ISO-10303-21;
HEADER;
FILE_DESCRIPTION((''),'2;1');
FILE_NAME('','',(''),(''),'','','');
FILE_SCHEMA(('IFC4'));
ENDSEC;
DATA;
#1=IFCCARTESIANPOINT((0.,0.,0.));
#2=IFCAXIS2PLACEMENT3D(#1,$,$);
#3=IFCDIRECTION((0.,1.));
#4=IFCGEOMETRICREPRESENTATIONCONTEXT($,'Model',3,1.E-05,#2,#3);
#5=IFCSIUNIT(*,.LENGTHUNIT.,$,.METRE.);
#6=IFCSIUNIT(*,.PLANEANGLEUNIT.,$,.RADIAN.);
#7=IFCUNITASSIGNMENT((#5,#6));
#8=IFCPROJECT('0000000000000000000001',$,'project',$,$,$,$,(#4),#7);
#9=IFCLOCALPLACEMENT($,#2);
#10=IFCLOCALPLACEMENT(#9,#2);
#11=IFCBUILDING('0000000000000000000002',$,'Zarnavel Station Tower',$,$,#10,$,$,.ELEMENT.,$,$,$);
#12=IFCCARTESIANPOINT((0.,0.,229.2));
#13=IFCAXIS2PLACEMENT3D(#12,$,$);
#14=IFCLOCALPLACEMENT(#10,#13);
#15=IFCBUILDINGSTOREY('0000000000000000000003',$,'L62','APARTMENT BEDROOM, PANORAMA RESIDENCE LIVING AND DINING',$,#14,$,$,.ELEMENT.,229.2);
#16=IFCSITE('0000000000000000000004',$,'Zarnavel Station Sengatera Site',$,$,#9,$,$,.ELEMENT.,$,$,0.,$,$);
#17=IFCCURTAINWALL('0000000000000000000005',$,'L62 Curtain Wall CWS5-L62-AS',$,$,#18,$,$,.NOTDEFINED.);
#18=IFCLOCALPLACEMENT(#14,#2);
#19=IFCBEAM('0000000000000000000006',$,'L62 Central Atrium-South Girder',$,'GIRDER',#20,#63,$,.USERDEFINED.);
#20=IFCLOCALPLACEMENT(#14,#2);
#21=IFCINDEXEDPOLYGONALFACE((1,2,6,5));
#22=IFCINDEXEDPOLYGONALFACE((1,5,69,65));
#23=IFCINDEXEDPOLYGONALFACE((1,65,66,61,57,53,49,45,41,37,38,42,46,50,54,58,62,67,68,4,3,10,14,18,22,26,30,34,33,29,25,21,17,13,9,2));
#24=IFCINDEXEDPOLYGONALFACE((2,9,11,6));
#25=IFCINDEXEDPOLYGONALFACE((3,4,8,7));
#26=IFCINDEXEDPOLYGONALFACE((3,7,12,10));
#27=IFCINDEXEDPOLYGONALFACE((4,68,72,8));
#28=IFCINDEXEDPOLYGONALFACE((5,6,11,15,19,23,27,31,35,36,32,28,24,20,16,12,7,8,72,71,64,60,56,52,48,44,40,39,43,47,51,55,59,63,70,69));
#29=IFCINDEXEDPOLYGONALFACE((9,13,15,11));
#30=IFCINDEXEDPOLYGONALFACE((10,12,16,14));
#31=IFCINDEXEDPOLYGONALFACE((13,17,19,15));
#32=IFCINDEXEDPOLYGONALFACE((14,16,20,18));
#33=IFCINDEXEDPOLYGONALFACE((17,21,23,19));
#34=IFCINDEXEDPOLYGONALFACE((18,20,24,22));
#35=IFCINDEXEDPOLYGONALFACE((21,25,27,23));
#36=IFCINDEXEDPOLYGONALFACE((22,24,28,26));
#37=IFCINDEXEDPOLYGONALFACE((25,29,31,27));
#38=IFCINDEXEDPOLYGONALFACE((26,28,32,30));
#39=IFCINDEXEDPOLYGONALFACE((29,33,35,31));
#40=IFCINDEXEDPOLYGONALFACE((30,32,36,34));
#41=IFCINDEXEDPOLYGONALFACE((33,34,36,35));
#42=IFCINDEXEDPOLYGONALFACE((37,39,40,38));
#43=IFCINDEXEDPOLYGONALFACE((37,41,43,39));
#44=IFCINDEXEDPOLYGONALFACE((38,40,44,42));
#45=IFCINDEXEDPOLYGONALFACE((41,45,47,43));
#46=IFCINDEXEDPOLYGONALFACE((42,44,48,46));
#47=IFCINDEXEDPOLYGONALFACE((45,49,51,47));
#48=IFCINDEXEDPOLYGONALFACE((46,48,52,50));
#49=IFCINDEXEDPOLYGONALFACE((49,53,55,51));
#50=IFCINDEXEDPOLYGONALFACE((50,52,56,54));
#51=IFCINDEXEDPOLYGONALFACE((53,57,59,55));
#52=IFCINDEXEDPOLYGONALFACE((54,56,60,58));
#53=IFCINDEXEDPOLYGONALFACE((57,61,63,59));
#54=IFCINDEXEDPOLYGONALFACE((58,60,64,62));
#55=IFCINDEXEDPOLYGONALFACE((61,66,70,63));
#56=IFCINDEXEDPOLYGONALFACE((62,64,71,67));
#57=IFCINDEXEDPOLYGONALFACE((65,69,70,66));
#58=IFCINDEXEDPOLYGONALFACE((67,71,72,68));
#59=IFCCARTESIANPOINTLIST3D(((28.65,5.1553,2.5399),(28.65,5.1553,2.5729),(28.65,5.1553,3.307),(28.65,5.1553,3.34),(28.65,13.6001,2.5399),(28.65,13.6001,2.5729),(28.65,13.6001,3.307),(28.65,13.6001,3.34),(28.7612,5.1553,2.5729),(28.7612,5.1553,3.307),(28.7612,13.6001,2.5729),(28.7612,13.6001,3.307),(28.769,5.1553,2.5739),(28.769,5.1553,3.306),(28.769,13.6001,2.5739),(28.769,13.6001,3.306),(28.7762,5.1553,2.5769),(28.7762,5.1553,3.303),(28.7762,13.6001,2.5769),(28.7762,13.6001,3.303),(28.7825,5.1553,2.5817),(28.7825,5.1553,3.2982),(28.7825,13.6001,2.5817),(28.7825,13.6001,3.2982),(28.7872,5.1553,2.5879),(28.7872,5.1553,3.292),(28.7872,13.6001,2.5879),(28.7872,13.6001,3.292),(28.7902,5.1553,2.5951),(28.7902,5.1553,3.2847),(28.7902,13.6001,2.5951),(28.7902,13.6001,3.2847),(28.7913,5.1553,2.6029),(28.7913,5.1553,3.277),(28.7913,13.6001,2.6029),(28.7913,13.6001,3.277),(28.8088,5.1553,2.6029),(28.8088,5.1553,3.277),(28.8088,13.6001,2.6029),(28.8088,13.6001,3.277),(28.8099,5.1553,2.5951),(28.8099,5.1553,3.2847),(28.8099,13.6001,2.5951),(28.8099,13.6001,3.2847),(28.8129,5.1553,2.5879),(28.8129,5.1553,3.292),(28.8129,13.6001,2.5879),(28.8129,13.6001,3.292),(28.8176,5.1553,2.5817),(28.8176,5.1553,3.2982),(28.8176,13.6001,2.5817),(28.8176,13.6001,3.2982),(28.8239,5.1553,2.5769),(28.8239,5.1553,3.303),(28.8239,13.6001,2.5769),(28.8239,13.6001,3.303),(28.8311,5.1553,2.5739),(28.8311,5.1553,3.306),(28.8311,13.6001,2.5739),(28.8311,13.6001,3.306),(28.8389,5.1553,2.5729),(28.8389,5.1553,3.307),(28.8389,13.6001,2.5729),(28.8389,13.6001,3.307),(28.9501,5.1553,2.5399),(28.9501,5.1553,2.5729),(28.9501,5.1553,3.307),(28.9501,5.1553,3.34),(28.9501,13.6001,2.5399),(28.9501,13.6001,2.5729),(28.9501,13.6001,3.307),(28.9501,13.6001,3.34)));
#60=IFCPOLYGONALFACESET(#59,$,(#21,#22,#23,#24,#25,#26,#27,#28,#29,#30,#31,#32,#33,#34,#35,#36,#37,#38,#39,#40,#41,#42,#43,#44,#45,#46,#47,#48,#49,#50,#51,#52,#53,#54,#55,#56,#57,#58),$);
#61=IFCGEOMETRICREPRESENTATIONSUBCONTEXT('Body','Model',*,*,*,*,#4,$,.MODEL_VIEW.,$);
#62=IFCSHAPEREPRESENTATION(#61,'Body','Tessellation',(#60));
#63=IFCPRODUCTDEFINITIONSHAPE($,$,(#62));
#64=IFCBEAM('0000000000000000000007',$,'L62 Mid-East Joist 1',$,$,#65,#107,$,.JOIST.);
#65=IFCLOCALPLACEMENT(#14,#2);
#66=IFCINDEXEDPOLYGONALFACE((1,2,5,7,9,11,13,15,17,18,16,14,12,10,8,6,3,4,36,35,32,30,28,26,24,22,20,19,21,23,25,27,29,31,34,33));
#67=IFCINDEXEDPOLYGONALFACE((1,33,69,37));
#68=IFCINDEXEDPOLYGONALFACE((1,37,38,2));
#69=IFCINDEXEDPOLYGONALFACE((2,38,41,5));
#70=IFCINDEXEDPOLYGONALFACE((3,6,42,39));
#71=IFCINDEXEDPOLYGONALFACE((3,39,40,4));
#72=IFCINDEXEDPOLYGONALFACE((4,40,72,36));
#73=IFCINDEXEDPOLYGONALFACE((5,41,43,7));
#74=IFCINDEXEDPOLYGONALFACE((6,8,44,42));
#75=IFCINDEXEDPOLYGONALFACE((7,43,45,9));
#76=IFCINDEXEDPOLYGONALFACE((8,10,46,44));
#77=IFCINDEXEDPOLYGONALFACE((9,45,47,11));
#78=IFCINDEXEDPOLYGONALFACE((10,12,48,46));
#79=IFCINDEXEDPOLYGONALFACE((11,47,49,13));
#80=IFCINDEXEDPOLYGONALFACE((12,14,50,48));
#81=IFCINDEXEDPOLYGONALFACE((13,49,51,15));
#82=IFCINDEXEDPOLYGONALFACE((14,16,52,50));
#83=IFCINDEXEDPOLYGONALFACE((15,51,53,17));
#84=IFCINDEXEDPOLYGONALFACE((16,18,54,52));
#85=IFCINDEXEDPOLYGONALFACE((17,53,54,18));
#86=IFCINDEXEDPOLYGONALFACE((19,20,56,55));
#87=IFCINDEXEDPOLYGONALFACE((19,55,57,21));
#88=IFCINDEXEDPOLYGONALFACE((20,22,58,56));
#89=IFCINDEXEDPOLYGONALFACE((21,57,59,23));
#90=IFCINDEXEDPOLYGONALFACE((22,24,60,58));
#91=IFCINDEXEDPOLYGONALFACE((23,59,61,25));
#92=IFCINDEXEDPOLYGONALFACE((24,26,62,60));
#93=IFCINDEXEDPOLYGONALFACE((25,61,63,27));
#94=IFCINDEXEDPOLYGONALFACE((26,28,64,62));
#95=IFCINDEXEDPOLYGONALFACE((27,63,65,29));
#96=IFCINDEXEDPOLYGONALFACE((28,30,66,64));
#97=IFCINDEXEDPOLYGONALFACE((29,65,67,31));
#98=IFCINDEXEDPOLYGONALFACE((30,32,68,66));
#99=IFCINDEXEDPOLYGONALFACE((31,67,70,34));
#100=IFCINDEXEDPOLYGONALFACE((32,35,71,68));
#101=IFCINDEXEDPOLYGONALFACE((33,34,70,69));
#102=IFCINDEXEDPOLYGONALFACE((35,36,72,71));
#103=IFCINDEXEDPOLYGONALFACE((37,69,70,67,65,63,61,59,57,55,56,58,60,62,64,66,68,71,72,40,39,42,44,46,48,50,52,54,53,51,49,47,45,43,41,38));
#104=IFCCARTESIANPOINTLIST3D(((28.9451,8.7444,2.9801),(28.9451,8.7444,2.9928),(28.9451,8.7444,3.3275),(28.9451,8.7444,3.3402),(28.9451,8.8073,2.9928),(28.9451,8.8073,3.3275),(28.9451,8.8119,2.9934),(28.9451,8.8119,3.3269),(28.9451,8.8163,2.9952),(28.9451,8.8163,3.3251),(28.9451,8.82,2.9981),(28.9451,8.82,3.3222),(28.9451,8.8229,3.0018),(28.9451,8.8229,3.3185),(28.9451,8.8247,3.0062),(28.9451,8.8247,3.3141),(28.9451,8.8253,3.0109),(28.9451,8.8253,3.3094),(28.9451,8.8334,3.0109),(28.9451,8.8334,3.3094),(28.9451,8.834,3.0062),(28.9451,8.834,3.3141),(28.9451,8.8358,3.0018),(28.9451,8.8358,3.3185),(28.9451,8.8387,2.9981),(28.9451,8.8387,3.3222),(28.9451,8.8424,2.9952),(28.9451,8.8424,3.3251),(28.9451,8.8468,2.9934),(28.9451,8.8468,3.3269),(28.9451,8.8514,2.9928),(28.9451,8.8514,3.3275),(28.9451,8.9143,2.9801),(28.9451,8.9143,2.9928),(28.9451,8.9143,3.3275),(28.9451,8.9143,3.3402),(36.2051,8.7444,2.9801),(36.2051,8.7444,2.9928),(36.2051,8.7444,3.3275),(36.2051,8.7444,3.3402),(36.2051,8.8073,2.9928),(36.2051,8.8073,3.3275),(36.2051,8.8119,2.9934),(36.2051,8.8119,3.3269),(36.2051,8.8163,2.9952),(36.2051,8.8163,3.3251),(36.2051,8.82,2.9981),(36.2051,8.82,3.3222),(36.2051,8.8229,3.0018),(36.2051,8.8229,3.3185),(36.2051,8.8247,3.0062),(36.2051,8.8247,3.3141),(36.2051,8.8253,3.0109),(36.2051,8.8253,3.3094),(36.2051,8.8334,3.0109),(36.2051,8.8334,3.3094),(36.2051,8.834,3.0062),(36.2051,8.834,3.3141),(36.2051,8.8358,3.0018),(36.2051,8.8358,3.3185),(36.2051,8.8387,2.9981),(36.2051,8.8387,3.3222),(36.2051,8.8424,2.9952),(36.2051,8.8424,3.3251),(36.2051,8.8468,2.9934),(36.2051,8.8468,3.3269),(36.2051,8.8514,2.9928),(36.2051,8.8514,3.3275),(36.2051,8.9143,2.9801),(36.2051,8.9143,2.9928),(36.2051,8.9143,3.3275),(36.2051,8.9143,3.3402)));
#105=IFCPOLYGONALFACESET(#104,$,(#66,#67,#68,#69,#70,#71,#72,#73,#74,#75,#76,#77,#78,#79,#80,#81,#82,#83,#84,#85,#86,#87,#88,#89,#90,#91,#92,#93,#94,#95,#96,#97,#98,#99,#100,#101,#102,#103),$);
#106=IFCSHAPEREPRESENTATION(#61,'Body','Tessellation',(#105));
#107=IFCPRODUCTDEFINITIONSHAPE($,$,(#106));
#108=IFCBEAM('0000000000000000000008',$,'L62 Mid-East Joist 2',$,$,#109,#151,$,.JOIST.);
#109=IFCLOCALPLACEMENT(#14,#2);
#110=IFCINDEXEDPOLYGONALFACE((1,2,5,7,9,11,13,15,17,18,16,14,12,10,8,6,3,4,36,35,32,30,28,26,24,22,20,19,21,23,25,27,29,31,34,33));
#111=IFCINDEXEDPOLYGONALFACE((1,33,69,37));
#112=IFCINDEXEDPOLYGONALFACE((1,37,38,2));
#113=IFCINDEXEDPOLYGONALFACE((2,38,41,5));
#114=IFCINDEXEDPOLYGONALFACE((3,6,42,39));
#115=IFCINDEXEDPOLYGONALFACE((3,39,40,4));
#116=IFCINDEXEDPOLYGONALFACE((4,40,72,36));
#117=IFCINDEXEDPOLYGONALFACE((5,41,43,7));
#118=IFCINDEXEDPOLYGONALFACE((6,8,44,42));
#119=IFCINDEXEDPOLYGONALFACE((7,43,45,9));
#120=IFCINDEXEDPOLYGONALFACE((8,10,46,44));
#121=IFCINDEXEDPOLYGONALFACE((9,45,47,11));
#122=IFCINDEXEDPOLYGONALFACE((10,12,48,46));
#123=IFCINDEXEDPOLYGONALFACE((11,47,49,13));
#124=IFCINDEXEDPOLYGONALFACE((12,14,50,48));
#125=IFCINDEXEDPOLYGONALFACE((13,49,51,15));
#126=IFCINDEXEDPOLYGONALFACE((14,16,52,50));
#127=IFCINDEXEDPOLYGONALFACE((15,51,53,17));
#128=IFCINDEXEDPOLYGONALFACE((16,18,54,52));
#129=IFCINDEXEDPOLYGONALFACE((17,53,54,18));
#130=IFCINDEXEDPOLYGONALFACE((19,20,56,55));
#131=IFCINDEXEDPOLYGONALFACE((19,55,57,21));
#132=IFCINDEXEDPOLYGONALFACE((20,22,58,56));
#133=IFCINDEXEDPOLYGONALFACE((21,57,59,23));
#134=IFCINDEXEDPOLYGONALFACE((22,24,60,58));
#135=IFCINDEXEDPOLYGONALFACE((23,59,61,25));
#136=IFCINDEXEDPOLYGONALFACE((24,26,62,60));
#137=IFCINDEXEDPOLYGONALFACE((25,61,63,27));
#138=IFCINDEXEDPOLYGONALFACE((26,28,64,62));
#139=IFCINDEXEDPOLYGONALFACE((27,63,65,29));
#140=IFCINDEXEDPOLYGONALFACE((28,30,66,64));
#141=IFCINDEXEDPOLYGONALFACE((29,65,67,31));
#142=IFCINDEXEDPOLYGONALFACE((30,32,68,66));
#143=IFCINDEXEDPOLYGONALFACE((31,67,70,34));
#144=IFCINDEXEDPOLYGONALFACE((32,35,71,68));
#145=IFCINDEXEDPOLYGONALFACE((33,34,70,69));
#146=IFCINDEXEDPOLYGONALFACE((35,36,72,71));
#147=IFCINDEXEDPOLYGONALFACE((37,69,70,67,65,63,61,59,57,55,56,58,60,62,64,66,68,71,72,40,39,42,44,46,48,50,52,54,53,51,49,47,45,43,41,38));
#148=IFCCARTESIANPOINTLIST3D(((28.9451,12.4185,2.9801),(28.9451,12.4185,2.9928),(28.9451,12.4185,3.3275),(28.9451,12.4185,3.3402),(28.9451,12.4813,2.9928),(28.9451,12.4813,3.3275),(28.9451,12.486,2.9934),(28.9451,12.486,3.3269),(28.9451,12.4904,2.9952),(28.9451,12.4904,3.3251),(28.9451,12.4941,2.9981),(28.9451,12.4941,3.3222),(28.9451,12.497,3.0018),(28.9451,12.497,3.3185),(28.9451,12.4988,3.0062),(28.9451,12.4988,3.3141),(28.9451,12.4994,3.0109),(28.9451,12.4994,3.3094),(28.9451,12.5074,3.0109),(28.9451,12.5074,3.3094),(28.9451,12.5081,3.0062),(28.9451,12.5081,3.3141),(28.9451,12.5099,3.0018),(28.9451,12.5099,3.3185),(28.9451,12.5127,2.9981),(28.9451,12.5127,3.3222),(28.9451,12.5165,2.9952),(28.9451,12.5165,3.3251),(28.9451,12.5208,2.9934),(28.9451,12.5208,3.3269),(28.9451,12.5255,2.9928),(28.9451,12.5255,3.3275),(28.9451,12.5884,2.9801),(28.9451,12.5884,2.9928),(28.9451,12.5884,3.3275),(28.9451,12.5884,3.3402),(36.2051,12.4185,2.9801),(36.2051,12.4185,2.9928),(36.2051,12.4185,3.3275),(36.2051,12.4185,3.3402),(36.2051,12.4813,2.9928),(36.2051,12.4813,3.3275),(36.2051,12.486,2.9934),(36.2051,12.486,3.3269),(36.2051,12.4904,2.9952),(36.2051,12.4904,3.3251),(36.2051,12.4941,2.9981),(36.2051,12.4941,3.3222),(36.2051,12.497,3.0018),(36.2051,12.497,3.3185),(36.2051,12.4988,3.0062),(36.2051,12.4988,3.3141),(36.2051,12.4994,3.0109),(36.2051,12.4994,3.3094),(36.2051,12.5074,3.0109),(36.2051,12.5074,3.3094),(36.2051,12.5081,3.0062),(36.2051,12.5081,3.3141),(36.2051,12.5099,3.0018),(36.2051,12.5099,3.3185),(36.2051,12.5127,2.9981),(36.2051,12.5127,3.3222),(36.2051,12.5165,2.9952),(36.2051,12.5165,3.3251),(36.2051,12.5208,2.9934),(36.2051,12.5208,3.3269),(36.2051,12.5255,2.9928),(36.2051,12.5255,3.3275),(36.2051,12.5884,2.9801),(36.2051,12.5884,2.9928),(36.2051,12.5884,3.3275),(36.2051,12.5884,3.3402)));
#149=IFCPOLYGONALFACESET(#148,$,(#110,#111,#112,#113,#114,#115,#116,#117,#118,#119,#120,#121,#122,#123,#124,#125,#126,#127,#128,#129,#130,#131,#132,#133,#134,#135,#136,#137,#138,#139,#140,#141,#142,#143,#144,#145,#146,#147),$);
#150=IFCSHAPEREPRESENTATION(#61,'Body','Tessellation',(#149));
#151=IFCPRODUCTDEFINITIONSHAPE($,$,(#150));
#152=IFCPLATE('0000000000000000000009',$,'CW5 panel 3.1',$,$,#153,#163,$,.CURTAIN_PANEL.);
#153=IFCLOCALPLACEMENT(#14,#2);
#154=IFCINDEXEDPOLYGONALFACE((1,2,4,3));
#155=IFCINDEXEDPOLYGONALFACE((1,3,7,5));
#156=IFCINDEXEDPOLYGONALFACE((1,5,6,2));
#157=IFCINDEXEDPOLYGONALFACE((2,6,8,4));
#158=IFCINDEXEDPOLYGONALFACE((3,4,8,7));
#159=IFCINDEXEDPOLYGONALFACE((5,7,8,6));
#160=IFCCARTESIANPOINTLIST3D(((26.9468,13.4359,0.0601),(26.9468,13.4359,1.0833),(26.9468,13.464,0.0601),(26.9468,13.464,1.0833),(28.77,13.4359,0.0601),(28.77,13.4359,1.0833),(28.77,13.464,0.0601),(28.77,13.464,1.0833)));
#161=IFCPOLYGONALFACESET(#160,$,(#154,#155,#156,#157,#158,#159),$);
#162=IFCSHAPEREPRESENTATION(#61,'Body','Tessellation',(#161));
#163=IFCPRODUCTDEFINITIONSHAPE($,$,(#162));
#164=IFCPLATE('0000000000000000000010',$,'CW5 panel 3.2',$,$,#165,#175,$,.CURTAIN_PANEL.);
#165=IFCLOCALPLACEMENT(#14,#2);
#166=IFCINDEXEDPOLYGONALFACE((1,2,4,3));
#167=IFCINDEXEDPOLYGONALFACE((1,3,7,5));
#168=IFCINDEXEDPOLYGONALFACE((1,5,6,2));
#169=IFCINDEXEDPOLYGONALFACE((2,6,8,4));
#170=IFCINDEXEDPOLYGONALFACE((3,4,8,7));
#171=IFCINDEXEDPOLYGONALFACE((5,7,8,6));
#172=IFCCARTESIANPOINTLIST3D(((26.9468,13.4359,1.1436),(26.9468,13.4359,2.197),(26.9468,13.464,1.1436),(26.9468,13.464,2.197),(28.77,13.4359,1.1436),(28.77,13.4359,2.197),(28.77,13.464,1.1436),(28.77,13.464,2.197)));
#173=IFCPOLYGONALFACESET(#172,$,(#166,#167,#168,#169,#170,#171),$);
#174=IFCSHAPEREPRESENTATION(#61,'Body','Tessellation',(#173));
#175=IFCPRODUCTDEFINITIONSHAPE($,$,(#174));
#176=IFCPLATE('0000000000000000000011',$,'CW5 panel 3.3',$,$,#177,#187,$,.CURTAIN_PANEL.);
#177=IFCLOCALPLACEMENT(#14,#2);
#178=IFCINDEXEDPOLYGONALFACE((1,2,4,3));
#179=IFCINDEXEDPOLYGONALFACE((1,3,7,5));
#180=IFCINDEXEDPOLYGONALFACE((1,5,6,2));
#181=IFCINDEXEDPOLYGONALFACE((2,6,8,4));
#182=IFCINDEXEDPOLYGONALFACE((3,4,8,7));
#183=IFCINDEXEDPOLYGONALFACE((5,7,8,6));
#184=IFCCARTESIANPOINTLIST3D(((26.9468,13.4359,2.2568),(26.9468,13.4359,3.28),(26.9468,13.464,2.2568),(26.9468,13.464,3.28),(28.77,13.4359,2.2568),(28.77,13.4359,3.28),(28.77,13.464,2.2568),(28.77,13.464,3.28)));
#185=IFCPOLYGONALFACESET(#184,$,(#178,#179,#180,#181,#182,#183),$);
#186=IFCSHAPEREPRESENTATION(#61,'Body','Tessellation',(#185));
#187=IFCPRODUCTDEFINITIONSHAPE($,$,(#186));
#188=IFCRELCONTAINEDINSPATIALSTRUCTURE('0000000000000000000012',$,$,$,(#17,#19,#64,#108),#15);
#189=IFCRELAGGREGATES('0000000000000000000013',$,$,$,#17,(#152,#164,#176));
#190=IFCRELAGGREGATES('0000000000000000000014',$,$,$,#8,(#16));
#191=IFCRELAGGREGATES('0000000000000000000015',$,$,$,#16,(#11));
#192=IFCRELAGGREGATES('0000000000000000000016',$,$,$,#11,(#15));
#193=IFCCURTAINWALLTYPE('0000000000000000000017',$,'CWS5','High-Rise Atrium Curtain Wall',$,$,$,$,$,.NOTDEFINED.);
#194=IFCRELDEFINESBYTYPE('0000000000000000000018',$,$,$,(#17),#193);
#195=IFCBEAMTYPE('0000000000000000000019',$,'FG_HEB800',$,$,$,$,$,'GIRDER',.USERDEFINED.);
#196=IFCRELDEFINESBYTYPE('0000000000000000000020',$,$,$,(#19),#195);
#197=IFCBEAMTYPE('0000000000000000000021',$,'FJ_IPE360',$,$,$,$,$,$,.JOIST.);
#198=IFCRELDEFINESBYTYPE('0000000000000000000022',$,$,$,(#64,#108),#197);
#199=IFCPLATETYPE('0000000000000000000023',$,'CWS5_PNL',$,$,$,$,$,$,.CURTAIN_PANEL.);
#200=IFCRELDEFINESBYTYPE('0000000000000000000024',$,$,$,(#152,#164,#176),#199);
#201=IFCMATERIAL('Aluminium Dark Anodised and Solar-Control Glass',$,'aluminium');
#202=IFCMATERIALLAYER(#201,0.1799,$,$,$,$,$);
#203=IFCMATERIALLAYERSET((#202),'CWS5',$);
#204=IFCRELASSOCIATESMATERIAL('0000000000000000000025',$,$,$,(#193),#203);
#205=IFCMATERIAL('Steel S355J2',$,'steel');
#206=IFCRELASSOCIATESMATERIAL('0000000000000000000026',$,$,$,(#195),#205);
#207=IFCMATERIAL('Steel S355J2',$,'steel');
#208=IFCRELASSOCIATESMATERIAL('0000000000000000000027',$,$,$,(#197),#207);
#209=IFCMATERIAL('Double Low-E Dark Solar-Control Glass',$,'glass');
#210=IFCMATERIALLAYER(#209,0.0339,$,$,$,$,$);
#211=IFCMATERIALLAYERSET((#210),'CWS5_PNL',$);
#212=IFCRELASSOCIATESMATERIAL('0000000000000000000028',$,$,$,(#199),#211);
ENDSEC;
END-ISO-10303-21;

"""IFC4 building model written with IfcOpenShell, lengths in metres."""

from ifc_helpers import new_model, si_unit, direction, frame, origin, origin_2d, place, context, subcontext, project, spatial, rectangle, i_section, extrude, material, layer, layer_set, material_profile, profile_set, type_object, element, aggregate, save


model = new_model("IFC4")

# Units and contexts
model_context = context("Model", 3, precision=1e-05, world=origin(), true_north=direction((0.0, 1.0)))
body_context = subcontext(model_context, "Body", "Model", "MODEL_VIEW")
ifc_project = project(units=[si_unit("LENGTHUNIT", "METRE"), si_unit("PLANEANGLEUNIT", "RADIAN")], contexts=[model_context])

# Site, building, storey
site_placement = place(None, origin())
site = spatial("IfcSite", under=ifc_project, at=site_placement, Name="Zarnavel Station Sengatera Site", CompositionType="ELEMENT", RefElevation=0.0)
building_placement = place(site_placement, origin())
building = spatial("IfcBuilding", under=site, at=building_placement, Name="Zarnavel Station Tower", CompositionType="ELEMENT")
storey_placement = place(building_placement, frame((0.0, 0.0, 229.2)))
storey = spatial("IfcBuildingStorey", under=building, at=storey_placement, Name="L62", Description="APARTMENT BEDROOM, PANORAMA RESIDENCE LIVING AND DINING", CompositionType="ELEMENT", Elevation=229.2)

# Curtain wall
ifc_material_1 = material(Name="Aluminium Dark Anodised and Solar-Control Glass", Category="aluminium")
ifc_layer_1 = layer(ifc_material_1, 0.1799)
ifc_layer_set_1 = layer_set([ifc_layer_1], Name="CWS5")
curtain_wall_type_1 = type_object("IfcCurtainWallType", Name="CWS5", Description="High-Rise Atrium Curtain Wall", PredefinedType="NOTDEFINED", material=ifc_layer_set_1)
curtain_wall_1_placement = place(storey_placement, origin())
curtain_wall_1 = element("IfcCurtainWall", 1, at=curtain_wall_1_placement, inside=storey, type_object=curtain_wall_type_1, Name="L62 Curtain Wall CWS5-L62-AS", PredefinedType="NOTDEFINED")

# Beams
ifc_material_2 = material(Name="Steel S355J2", Category="steel")
ifc_material_profile_1 = material_profile(ifc_material_2, i_section(OverallWidth=0.3, OverallDepth=0.8, WebThickness=0.0176, FlangeThickness=0.033, FilletRadius=0.03, at=origin_2d()), Name="HEB800")
ifc_profile_set_1 = profile_set([ifc_material_profile_1], Name="Steel S355J2")
beam_type_1 = type_object("IfcBeamType", Name="FG_HEB800", ElementType="GIRDER", PredefinedType="USERDEFINED", material=ifc_profile_set_1)
beam_1_placement = place(storey_placement, frame((28.8, 5.1553, 2.9399), z_axis=(0.0, 1.0, 0.0), x_axis=(-1.0, 0.0, 0.0)))
element("IfcBeam", 2, at=beam_1_placement, inside=storey, type_object=beam_type_1, Name="L62 Central Atrium-South Girder", ObjectType="GIRDER", PredefinedType="USERDEFINED", context=body_context, shape_type="SweptSolid", body=[
    extrude(i_section(OverallWidth=0.3, OverallDepth=0.8, WebThickness=0.0176, FlangeThickness=0.033, FilletRadius=0.03, at=origin_2d()), origin(), (0.0, 0.0, 1.0), 8.4448),
])
ifc_material_3 = material(Name="Steel S355J2", Category="steel")
ifc_material_profile_2 = material_profile(ifc_material_3, i_section(OverallWidth=0.1699, OverallDepth=0.3601, WebThickness=0.0081, FlangeThickness=0.0127, FilletRadius=0.0181, at=origin_2d()), Name="IPE360")
ifc_profile_set_2 = profile_set([ifc_material_profile_2], Name="Steel S355J2")
beam_type_2 = type_object("IfcBeamType", Name="FJ_IPE360", PredefinedType="JOIST", material=ifc_profile_set_2)
for number, where, z_axis, x_axis, name in (
    (3, (28.9451, 8.8293, 3.1602), (1.0, 0.0, 0.0), (0.0, 1.0, 0.0), "L62 Mid-East Joist 1"),
    (4, (28.9451, 12.5034, 3.1602), (1.0, 0.0, 0.0), (0.0, 1.0, 0.0), "L62 Mid-East Joist 2"),
):
    element("IfcBeam", number, at=place(storey_placement, frame(where, z_axis=z_axis, x_axis=x_axis)), inside=storey, type_object=beam_type_2, Name=name, PredefinedType="JOIST", context=body_context, shape_type="SweptSolid", body=[
        extrude(i_section(OverallWidth=0.1699, OverallDepth=0.3601, WebThickness=0.0081, FlangeThickness=0.0127, FilletRadius=0.0181, at=origin_2d()), origin(), (0.0, 0.0, 1.0), 7.26),
    ])

# Plates
ifc_material_4 = material(Name="Double Low-E Dark Solar-Control Glass", Category="glass")
ifc_layer_2 = layer(ifc_material_4, 0.0339)
ifc_layer_set_2 = layer_set([ifc_layer_2], Name="CWS5_PNL")
plate_type_1 = type_object("IfcPlateType", Name="CWS5_PNL", PredefinedType="CURTAIN_PANEL", material=ifc_layer_set_2)
plate_1_placement = place(storey_placement, frame((27.8584, 13.45, 0.0601), z_axis=(0.0, 0.0, 1.0), x_axis=(1.0, 0.0, 0.0)))
plate_1 = element("IfcPlate", 5, at=plate_1_placement, type_object=plate_type_1, Name="CW5 panel 3.1", PredefinedType="CURTAIN_PANEL", context=body_context, shape_type="SweptSolid", body=[
    extrude(rectangle(XDim=1.8232, YDim=0.0281, at=origin_2d()), origin(), (0.0, 0.0, 1.0), 1.0232),
])
plate_2_placement = place(storey_placement, frame((27.8584, 13.45, 1.1436), z_axis=(0.0, 0.0, 1.0), x_axis=(1.0, 0.0, 0.0)))
plate_2 = element("IfcPlate", 6, at=plate_2_placement, type_object=plate_type_1, Name="CW5 panel 3.2", PredefinedType="CURTAIN_PANEL", context=body_context, shape_type="SweptSolid", body=[
    extrude(rectangle(XDim=1.8232, YDim=0.0281, at=origin_2d()), origin(), (0.0, 0.0, 1.0), 1.0535),
])
plate_3_placement = place(storey_placement, frame((27.8584, 13.45, 2.2568), z_axis=(0.0, 0.0, 1.0), x_axis=(1.0, 0.0, 0.0)))
plate_3 = element("IfcPlate", 7, at=plate_3_placement, type_object=plate_type_1, Name="CW5 panel 3.3", PredefinedType="CURTAIN_PANEL", context=body_context, shape_type="SweptSolid", body=[
    extrude(rectangle(XDim=1.8232, YDim=0.0281, at=origin_2d()), origin(), (0.0, 0.0, 1.0), 1.0232),
])
aggregate(curtain_wall_1, [plate_1, plate_2, plate_3])

save(model, "model.ifc")
